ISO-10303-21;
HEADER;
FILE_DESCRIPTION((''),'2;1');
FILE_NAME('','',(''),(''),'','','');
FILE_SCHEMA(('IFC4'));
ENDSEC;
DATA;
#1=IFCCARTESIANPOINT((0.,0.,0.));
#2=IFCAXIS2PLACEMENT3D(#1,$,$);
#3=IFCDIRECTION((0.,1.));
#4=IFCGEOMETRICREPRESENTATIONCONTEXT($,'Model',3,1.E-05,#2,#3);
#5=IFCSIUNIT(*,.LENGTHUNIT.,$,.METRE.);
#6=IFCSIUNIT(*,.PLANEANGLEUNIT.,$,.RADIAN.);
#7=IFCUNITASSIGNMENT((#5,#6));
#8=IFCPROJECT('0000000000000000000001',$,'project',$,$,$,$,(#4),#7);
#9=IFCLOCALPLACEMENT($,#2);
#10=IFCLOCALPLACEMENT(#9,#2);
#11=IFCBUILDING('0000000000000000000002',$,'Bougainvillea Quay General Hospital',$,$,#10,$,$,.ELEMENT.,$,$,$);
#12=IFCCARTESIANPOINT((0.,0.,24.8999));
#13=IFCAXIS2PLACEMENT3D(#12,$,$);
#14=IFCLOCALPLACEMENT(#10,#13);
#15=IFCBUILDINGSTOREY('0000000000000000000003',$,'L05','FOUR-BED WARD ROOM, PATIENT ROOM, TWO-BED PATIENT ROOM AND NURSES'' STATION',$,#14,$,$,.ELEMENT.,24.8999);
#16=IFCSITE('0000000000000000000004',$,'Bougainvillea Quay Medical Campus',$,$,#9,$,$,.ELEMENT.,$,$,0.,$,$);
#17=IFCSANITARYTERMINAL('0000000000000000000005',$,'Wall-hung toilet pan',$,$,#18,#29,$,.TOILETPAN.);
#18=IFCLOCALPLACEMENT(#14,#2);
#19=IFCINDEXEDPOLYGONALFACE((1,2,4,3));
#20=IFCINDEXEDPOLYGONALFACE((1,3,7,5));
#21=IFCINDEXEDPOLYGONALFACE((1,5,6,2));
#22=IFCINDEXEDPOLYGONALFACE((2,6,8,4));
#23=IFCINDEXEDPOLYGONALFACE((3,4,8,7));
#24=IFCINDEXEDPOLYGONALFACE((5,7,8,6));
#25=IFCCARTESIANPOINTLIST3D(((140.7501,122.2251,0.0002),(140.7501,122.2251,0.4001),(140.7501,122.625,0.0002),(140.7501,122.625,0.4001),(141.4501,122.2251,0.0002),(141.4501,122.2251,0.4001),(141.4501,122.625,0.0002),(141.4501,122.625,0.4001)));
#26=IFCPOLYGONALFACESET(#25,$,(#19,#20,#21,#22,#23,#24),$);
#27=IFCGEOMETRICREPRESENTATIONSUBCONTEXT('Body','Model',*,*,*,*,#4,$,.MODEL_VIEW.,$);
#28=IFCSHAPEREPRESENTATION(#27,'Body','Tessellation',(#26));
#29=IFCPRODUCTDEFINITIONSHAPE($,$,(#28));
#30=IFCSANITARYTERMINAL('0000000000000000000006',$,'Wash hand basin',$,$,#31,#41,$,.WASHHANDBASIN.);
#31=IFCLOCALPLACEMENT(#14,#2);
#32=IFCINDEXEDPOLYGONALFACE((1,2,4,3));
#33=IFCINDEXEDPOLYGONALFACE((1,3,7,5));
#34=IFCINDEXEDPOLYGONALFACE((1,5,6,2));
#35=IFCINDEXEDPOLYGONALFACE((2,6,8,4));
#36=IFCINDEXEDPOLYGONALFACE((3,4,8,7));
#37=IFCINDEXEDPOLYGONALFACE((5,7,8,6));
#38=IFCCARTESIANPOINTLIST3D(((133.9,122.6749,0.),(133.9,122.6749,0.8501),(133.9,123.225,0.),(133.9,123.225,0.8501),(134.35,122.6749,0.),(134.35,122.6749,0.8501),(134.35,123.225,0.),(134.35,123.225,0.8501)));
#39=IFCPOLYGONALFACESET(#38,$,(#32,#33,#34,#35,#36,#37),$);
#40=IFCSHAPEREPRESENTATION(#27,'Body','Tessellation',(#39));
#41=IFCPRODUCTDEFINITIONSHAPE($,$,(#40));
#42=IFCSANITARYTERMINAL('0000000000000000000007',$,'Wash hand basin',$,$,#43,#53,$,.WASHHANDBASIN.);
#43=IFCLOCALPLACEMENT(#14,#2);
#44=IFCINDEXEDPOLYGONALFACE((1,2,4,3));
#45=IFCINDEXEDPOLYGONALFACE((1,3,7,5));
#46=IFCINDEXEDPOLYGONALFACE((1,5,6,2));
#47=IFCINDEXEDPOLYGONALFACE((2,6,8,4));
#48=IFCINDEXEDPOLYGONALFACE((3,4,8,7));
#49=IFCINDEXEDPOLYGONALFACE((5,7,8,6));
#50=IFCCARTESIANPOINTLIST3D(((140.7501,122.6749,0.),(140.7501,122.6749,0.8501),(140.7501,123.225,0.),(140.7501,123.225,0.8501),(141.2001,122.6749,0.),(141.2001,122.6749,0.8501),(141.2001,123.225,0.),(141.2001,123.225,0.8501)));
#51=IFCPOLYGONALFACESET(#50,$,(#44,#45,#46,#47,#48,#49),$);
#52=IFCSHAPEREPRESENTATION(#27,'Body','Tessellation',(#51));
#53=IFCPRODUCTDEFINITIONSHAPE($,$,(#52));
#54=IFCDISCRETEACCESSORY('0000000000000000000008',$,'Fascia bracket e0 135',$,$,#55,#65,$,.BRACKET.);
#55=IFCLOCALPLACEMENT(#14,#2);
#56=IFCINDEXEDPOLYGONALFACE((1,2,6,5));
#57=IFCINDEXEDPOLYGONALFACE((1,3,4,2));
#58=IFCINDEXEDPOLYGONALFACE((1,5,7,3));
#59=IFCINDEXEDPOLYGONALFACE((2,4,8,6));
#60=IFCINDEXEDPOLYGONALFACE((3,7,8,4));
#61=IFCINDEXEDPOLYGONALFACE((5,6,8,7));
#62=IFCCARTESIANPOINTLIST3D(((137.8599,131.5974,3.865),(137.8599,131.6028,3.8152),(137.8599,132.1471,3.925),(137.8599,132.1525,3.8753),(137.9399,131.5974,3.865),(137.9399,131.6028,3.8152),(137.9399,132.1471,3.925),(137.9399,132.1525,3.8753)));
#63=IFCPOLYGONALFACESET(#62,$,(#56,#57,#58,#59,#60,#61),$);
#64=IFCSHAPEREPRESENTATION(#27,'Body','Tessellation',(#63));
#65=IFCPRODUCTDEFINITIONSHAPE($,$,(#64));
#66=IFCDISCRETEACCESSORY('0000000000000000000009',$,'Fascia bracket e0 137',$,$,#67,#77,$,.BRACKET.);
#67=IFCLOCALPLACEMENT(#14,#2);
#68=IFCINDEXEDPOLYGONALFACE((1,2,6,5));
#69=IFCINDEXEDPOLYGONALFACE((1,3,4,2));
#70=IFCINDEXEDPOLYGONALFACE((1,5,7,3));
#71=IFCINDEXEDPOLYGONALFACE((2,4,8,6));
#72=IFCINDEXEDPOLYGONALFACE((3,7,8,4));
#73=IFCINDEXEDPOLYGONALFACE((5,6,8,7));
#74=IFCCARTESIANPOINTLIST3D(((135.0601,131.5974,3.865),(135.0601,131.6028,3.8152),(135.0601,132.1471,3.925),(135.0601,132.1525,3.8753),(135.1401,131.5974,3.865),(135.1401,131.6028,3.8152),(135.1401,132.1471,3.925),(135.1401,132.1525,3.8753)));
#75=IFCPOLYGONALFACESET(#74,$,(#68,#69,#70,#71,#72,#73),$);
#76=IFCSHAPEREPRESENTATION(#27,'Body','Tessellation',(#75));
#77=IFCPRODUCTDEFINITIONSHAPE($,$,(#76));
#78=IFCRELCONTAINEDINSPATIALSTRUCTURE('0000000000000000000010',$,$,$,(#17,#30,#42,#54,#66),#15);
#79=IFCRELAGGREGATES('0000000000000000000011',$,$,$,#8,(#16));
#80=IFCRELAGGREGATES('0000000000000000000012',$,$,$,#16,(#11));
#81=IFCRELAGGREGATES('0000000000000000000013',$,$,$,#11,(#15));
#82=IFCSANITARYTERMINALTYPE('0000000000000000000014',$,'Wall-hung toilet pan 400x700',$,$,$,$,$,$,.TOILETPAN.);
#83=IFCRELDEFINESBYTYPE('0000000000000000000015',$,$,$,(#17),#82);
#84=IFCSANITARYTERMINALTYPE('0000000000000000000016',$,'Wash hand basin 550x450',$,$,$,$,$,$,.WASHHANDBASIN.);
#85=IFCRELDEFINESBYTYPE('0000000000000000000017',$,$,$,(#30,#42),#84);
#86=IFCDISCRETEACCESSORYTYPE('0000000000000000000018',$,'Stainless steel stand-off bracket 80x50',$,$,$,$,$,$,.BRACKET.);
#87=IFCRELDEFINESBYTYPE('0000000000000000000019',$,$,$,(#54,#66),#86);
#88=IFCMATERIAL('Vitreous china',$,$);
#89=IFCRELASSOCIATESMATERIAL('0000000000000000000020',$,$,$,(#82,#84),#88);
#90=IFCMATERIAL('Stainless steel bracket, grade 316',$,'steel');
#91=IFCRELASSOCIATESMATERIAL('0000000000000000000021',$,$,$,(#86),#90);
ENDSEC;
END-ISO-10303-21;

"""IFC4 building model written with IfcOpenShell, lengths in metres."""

from ifc_helpers import new_model, si_unit, direction, frame, origin, origin_2d, place, context, subcontext, project, spatial, rectangle, extrude, material, material_profile, profile_set, type_object, element, save


model = new_model("IFC4")

# Units and contexts
model_context = context("Model", 3, precision=1e-05, world=origin(), true_north=direction((0.0, 1.0)))
body_context = subcontext(model_context, "Body", "Model", "MODEL_VIEW")
ifc_project = project(units=[si_unit("LENGTHUNIT", "METRE"), si_unit("PLANEANGLEUNIT", "RADIAN")], contexts=[model_context])

# Site, building, storey
site_placement = place(None, origin())
site = spatial("IfcSite", under=ifc_project, at=site_placement, Name="Bougainvillea Quay Medical Campus", CompositionType="ELEMENT", RefElevation=0.0)
building_placement = place(site_placement, origin())
building = spatial("IfcBuilding", under=site, at=building_placement, Name="Bougainvillea Quay General Hospital", CompositionType="ELEMENT")
storey_placement = place(building_placement, frame((0.0, 0.0, 24.8999)))
storey = spatial("IfcBuildingStorey", under=building, at=storey_placement, Name="L05", Description="FOUR-BED WARD ROOM, PATIENT ROOM, TWO-BED PATIENT ROOM AND NURSES' STATION", CompositionType="ELEMENT", Elevation=24.8999)

# Sanitary terminals
ifc_material_1 = material(Name="Vitreous china")
sanitary_terminal_type_1 = type_object("IfcSanitaryTerminalType", Name="Wall-hung toilet pan 400x700", PredefinedType="TOILETPAN", material=ifc_material_1)
for number, where, z_axis, x_axis, name in (
    (1, (141.1001, 122.425, 0.0002), (0.0, 0.0, 1.0), (0.0, 1.0, 0.0), "Wall-hung toilet pan"),
):
    element("IfcSanitaryTerminal", number, at=place(storey_placement, frame(where, z_axis=z_axis, x_axis=x_axis)), inside=storey, type_object=sanitary_terminal_type_1, Name=name, PredefinedType="TOILETPAN", context=body_context, shape_type="SweptSolid", body=[
        extrude(rectangle(XDim=0.3999, YDim=0.7, at=origin_2d()), origin(), (0.0, 0.0, 1.0), 0.3999),
    ])
sanitary_terminal_type_2 = type_object("IfcSanitaryTerminalType", Name="Wash hand basin 550x450", PredefinedType="WASHHANDBASIN", material=ifc_material_1)
for number, where, z_axis, x_axis, name in (
    (2, (134.125, 122.95, 0.0), (0.0, 0.0, 1.0), (0.0, -1.0, 0.0), "Wash hand basin"),
    (3, (140.9751, 122.95, 0.0), (0.0, 0.0, 1.0), (0.0, 1.0, 0.0), "Wash hand basin"),
):
    element("IfcSanitaryTerminal", number, at=place(storey_placement, frame(where, z_axis=z_axis, x_axis=x_axis)), inside=storey, type_object=sanitary_terminal_type_2, Name=name, PredefinedType="WASHHANDBASIN", context=body_context, shape_type="SweptSolid", body=[
        extrude(rectangle(XDim=0.55, YDim=0.45, at=origin_2d()), origin(), (0.0, 0.0, 1.0), 0.8501),
    ])

# Discrete accessories
ifc_material_2 = material(Name="Stainless steel bracket, grade 316", Category="steel")
ifc_material_profile_1 = material_profile(ifc_material_2, rectangle(XDim=0.0801, YDim=0.05, at=origin_2d()))
ifc_profile_set_1 = profile_set([ifc_material_profile_1], Name="Stainless steel bracket, grade 316")
discrete_accessory_type = type_object("IfcDiscreteAccessoryType", Name="Stainless steel stand-off bracket 80x50", PredefinedType="BRACKET", material=ifc_profile_set_1)
for number, where, z_axis, x_axis, name in (
    (4, (137.8999, 131.6001, 3.8401), (0.0, 0.994087, 0.10859), (-1.0, 0.0, 0.0), "Fascia bracket e0 135"),
    (5, (135.1001, 131.6001, 3.8401), (0.0, 0.994087, 0.10859), (-1.0, 0.0, 0.0), "Fascia bracket e0 137"),
):
    element("IfcDiscreteAccessory", number, at=place(storey_placement, frame(where, z_axis=z_axis, x_axis=x_axis)), inside=storey, type_object=discrete_accessory_type, Name=name, PredefinedType="BRACKET", context=body_context, shape_type="SweptSolid", body=[
        extrude(rectangle(XDim=0.0801, YDim=0.05, at=origin_2d()), origin(), (0.0, 0.0, 1.0), 0.553),
    ])

save(model, "model.ifc")
